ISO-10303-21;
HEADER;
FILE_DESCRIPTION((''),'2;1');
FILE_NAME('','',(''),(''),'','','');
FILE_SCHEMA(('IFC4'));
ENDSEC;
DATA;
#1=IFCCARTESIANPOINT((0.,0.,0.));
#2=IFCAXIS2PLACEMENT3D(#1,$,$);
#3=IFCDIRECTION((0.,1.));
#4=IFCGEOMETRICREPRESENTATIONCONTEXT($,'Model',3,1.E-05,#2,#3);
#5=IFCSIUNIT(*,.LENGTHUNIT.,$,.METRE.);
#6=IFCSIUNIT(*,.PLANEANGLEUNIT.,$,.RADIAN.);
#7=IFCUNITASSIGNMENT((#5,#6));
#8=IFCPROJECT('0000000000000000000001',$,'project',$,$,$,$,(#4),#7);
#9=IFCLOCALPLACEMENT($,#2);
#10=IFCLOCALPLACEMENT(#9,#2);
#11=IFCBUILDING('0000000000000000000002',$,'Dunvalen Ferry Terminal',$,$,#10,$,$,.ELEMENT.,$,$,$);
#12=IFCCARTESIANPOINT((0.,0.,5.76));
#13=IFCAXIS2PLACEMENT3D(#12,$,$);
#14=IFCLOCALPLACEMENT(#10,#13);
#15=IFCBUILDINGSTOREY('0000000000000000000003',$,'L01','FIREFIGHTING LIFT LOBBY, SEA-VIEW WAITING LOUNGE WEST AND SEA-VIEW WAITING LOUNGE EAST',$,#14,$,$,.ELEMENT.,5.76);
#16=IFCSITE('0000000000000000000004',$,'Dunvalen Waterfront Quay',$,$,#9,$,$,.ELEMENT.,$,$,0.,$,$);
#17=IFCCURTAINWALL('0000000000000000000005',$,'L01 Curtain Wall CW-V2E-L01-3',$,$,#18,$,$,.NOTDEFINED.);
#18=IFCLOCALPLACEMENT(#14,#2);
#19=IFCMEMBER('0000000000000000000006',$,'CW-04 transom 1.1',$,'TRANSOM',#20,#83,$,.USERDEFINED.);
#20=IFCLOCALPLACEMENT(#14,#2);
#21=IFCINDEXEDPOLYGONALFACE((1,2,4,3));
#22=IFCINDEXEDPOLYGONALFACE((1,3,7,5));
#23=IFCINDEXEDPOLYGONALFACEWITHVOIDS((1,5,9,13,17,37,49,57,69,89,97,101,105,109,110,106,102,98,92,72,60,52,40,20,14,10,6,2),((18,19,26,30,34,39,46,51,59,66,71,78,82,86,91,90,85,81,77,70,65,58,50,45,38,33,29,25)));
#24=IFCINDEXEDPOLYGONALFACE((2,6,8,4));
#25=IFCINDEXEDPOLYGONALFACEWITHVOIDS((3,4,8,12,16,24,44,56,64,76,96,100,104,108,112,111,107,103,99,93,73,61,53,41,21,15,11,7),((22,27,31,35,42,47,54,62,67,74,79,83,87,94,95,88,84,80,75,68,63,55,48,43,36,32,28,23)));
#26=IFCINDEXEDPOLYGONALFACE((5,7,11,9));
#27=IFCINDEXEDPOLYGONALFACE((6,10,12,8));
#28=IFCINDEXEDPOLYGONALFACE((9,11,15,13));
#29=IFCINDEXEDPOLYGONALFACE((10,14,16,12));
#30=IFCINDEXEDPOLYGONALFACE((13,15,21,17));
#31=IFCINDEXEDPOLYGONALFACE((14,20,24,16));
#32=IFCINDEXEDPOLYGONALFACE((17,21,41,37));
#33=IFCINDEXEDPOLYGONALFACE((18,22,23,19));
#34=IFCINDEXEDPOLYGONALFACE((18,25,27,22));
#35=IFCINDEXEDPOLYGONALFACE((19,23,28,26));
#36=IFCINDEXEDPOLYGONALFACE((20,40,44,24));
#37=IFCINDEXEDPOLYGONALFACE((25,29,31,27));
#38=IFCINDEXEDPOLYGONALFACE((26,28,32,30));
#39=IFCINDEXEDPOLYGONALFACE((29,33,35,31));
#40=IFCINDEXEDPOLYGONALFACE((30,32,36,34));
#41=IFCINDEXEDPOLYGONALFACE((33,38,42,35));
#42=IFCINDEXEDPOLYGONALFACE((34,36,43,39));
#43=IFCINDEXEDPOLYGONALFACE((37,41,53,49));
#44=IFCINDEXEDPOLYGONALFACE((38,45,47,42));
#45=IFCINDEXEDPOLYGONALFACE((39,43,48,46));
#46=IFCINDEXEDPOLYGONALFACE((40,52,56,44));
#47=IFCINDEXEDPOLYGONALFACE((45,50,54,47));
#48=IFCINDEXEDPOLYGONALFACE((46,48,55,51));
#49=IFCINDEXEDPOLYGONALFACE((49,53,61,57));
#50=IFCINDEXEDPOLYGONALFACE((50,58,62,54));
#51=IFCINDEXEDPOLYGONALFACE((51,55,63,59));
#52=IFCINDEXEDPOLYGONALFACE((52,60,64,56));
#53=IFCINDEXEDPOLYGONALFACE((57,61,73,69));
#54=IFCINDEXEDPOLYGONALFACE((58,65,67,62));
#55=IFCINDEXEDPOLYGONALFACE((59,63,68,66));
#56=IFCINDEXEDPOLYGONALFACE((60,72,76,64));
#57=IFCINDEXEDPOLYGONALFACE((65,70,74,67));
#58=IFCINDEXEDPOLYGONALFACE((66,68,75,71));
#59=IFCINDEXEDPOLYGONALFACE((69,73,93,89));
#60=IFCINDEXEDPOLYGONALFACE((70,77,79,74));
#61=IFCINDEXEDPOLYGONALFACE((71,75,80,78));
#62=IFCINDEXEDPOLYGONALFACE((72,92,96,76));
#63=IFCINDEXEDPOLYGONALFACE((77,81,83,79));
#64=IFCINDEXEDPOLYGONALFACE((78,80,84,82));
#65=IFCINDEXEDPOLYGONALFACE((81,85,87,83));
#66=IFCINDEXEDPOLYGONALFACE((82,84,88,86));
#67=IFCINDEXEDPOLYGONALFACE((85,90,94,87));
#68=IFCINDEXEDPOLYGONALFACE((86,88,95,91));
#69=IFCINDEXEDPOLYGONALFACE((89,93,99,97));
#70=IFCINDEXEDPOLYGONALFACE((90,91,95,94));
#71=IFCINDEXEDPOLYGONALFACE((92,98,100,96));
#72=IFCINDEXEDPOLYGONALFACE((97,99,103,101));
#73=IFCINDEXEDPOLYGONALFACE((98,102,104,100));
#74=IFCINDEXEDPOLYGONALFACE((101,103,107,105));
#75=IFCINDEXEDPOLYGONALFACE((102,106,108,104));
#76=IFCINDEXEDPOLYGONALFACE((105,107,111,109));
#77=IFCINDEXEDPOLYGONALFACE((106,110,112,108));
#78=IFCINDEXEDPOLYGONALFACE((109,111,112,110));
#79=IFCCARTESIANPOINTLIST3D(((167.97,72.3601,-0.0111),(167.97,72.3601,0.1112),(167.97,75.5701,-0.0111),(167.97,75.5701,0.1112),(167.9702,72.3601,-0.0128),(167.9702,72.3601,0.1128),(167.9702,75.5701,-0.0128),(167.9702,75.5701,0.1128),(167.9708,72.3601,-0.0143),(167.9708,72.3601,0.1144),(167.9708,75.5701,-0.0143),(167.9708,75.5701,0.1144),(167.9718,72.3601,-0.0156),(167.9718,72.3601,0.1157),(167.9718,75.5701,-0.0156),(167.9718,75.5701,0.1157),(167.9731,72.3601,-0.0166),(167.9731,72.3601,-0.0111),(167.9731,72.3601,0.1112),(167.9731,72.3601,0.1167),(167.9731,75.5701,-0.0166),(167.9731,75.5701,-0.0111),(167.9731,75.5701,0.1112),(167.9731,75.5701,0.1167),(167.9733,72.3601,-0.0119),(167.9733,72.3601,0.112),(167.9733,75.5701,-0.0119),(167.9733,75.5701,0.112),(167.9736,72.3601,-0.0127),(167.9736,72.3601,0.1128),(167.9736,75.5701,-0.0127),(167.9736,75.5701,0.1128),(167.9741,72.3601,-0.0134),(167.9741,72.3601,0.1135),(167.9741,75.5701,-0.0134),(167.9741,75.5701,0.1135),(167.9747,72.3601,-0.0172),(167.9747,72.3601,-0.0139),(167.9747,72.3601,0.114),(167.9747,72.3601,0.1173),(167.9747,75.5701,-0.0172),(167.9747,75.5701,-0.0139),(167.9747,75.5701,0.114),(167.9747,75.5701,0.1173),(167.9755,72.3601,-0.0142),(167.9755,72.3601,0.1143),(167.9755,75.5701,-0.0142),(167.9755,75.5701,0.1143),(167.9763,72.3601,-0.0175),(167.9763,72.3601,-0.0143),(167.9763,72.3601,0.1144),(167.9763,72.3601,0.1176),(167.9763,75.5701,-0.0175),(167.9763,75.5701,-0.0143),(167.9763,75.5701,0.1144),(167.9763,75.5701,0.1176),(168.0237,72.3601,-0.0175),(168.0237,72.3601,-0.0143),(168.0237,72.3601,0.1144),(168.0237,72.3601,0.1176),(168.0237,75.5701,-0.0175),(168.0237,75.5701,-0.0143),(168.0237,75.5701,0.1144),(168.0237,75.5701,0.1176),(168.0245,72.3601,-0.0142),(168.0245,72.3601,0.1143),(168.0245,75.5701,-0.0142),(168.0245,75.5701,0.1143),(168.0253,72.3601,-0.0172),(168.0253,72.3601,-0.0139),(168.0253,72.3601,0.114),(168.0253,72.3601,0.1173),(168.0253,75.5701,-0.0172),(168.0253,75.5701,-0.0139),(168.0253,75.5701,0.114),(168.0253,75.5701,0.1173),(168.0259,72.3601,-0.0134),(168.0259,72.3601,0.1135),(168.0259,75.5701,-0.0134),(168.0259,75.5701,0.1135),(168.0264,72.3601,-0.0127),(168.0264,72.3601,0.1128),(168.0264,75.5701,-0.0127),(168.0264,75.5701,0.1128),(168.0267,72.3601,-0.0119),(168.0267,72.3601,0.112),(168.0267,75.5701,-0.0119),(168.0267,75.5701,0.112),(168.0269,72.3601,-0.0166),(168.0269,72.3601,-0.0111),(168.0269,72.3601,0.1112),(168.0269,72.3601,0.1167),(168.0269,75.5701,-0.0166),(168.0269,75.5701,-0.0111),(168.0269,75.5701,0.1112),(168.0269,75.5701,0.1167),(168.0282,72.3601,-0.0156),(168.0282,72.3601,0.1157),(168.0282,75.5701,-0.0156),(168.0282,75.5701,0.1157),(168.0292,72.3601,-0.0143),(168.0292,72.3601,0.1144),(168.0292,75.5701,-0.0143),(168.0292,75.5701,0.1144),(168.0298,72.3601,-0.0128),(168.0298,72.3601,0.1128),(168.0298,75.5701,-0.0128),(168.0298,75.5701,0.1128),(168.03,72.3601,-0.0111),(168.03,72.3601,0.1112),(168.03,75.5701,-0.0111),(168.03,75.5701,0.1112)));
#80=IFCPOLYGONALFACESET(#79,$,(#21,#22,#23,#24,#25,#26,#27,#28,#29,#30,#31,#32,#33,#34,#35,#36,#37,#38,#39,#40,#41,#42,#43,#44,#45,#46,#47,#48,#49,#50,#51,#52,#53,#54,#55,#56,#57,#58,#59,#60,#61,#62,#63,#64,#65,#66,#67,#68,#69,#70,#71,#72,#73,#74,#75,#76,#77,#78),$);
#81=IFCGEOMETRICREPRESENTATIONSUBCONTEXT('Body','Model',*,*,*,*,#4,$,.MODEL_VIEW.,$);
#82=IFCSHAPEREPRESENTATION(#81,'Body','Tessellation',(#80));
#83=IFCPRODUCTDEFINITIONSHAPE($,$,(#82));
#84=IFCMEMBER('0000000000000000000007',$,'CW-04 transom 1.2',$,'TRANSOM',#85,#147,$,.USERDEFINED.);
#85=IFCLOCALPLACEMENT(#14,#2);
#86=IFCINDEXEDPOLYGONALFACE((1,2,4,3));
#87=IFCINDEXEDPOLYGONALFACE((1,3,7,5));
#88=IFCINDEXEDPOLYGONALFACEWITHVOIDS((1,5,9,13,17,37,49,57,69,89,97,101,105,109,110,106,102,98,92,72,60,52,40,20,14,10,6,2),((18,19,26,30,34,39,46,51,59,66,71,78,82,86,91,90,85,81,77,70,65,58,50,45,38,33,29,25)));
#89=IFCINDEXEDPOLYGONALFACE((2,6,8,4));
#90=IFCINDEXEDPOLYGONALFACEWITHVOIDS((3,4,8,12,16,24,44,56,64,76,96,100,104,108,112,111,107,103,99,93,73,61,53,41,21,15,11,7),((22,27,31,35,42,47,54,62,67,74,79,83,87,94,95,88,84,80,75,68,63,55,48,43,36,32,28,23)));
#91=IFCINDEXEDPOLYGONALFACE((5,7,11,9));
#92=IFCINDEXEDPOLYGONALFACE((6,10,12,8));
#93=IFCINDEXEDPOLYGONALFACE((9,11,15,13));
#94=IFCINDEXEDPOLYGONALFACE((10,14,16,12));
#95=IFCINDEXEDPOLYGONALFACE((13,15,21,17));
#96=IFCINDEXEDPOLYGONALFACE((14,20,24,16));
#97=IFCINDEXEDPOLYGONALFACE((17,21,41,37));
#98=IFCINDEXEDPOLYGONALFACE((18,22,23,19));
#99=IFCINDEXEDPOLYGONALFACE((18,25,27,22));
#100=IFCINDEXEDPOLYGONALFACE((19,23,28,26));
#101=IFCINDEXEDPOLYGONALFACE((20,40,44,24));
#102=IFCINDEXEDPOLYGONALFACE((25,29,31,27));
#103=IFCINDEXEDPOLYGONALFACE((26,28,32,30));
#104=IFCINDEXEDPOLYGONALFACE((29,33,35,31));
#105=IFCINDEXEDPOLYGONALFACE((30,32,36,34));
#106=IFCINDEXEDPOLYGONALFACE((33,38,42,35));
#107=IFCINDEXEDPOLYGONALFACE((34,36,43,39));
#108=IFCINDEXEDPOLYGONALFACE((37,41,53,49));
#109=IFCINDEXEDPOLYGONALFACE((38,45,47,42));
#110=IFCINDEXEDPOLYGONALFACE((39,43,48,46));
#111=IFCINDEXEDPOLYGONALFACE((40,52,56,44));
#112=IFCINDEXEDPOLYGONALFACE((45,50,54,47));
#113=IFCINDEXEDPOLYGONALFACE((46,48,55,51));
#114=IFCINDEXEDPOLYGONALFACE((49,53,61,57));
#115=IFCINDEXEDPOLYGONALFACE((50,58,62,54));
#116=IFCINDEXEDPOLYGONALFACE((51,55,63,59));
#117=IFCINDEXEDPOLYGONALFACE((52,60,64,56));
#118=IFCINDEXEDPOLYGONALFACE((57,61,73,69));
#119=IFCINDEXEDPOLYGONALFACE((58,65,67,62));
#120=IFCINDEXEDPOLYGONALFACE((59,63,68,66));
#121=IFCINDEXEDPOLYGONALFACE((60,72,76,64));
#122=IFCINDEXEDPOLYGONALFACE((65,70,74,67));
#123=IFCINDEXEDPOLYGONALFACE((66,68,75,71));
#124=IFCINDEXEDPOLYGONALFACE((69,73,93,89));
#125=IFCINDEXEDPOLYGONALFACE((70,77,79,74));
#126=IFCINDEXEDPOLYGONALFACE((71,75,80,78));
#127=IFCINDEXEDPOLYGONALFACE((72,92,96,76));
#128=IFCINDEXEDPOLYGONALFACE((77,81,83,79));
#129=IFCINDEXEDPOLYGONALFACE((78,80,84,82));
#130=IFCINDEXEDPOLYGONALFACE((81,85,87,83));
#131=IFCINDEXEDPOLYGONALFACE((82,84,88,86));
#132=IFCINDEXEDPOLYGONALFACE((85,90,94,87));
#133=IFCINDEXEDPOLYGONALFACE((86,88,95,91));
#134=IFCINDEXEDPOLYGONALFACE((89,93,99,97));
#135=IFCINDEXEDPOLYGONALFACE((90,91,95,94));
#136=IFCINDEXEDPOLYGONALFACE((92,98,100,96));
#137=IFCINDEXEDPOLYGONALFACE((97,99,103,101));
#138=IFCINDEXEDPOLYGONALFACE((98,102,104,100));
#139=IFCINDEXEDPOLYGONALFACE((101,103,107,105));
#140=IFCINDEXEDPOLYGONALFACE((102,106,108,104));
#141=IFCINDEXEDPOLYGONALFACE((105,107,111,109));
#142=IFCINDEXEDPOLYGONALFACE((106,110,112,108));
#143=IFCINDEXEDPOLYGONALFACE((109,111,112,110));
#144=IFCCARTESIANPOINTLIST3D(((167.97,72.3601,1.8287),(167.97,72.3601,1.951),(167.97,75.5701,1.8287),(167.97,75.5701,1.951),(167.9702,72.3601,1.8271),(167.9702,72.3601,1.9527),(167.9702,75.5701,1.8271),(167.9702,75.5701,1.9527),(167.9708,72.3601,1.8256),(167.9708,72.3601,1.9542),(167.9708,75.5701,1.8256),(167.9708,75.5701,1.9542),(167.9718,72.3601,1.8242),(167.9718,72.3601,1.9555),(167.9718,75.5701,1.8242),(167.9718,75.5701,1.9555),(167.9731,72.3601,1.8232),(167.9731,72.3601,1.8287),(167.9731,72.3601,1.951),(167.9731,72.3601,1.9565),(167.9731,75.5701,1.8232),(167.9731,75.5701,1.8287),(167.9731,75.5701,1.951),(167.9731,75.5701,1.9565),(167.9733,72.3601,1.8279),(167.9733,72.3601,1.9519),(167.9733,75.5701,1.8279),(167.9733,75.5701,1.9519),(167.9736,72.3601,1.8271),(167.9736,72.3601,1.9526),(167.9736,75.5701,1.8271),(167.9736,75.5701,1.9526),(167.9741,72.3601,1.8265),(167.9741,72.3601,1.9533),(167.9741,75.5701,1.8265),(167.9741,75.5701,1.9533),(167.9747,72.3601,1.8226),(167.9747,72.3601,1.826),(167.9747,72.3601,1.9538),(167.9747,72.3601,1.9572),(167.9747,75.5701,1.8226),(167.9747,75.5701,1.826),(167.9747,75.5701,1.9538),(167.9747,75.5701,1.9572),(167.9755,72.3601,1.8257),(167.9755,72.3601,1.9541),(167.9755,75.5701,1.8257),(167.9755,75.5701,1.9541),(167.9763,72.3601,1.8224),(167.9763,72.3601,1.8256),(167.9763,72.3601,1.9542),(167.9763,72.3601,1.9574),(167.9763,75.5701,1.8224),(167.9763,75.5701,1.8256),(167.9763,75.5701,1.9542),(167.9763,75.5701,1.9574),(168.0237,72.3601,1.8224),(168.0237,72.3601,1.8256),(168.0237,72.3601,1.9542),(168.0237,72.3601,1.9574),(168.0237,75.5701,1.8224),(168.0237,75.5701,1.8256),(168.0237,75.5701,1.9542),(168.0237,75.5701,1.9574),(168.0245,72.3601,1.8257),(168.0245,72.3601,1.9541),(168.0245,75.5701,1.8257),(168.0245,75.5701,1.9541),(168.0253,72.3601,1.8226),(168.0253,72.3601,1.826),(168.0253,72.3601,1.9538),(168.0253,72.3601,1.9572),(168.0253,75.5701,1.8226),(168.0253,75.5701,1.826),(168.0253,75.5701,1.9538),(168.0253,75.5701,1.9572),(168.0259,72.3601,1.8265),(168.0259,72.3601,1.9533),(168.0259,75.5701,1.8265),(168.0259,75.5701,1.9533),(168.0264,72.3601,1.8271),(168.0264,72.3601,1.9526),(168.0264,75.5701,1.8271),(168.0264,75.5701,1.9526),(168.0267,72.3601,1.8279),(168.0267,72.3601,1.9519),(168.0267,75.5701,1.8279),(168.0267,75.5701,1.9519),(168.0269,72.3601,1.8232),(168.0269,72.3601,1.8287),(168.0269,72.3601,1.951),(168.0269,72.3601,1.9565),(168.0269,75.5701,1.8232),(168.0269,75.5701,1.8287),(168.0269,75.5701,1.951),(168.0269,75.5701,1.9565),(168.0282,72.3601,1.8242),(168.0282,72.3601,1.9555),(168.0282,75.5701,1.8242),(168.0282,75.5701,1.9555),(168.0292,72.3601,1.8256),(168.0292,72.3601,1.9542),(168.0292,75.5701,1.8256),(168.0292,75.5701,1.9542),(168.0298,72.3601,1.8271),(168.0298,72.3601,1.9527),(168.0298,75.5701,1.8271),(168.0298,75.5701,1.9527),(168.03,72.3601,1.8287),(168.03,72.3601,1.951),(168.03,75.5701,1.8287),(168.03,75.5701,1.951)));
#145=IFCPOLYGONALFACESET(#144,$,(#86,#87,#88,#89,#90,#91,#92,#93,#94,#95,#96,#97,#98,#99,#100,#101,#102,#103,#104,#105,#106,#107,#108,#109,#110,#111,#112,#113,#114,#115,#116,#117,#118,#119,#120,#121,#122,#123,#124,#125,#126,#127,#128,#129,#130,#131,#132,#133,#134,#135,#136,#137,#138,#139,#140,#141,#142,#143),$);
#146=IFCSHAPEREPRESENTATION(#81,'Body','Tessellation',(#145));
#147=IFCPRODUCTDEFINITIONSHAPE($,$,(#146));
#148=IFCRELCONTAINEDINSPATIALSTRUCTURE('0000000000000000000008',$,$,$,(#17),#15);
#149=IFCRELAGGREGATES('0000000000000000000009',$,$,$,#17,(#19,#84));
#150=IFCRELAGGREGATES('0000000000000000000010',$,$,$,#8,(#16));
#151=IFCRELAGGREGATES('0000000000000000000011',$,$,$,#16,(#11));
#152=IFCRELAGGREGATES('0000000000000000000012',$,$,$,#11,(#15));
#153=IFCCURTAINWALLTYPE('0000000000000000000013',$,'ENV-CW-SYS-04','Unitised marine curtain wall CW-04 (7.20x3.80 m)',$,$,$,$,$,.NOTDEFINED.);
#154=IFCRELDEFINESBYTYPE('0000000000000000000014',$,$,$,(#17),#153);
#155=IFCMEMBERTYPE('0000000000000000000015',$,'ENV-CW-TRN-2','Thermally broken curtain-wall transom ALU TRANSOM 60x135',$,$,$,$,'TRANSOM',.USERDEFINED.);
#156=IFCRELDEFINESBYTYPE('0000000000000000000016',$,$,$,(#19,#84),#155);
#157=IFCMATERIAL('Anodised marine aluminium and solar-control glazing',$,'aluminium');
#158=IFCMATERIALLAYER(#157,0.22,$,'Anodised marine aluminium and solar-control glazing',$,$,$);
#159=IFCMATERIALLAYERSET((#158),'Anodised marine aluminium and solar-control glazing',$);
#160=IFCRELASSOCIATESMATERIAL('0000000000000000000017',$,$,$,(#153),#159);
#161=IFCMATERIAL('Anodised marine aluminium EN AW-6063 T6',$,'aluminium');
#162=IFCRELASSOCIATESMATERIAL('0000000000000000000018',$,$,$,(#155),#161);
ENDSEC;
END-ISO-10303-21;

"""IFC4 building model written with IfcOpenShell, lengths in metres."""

from ifc_helpers import new_model, si_unit, direction, frame, origin, origin_2d, place, context, subcontext, project, spatial, hollow_rectangle, extrude, material, layer, layer_set, material_profile, profile_set, type_object, element, aggregate, save


model = new_model("IFC4")

# Units and contexts
model_context = context("Model", 3, precision=1e-05, world=origin(), true_north=direction((0.0, 1.0)))
body_context = subcontext(model_context, "Body", "Model", "MODEL_VIEW")
ifc_project = project(units=[si_unit("LENGTHUNIT", "METRE"), si_unit("PLANEANGLEUNIT", "RADIAN")], contexts=[model_context])

# Site, building, storey
site_placement = place(None, origin())
site = spatial("IfcSite", under=ifc_project, at=site_placement, Name="Dunvalen Waterfront Quay", CompositionType="ELEMENT", RefElevation=0.0)
building_placement = place(site_placement, origin())
building = spatial("IfcBuilding", under=site, at=building_placement, Name="Dunvalen Ferry Terminal", CompositionType="ELEMENT")
storey_placement = place(building_placement, frame((0.0, 0.0, 5.76)))
storey = spatial("IfcBuildingStorey", under=building, at=storey_placement, Name="L01", Description="FIREFIGHTING LIFT LOBBY, SEA-VIEW WAITING LOUNGE WEST AND SEA-VIEW WAITING LOUNGE EAST", CompositionType="ELEMENT", Elevation=5.76)

# Curtain wall
ifc_material_1 = material(Name="Anodised marine aluminium and solar-control glazing", Category="aluminium")
ifc_layer_1 = layer(ifc_material_1, 0.22, Name="Anodised marine aluminium and solar-control glazing")
ifc_layer_set_1 = layer_set([ifc_layer_1], Name="Anodised marine aluminium and solar-control glazing")
curtain_wall_type = type_object("IfcCurtainWallType", Name="ENV-CW-SYS-04", Description="Unitised marine curtain wall CW-04 (7.20x3.80 m)", PredefinedType="NOTDEFINED", material=ifc_layer_set_1)
ifc_material_2 = material(Name="Anodised marine aluminium EN AW-6063 T6", Category="aluminium")
curtain_wall_1_placement = place(storey_placement, origin())
curtain_wall_1 = element("IfcCurtainWall", 1, at=curtain_wall_1_placement, inside=storey, type_object=curtain_wall_type, Name="L01 Curtain Wall CW-V2E-L01-3", PredefinedType="NOTDEFINED")

# Members
ifc_material_profile_1 = material_profile(ifc_material_2, hollow_rectangle(XDim=0.0601, YDim=0.135, WallThickness=0.0032, InnerFilletRadius=0.0032, OuterFilletRadius=0.0063, at=origin_2d()), Name="Anodised marine aluminium EN AW-6063 T6")
ifc_profile_set_1 = profile_set([ifc_material_profile_1], Name="Anodised marine aluminium EN AW-6063 T6")
member_type_1 = type_object("IfcMemberType", Name="ENV-CW-TRN-2", Description="Thermally broken curtain-wall transom ALU TRANSOM 60x135", ElementType="TRANSOM", PredefinedType="USERDEFINED", material=ifc_profile_set_1)
member_1_placement = place(storey_placement, frame((168.0, 72.3601, 0.05), z_axis=(0.0, 1.0, 0.0), x_axis=(-1.0, 0.0, 0.0)))
member_1 = element("IfcMember", 2, at=member_1_placement, type_object=member_type_1, Name="CW-04 transom 1.1", ObjectType="TRANSOM", PredefinedType="USERDEFINED", context=body_context, shape_type="SweptSolid", body=[
    extrude(hollow_rectangle(XDim=0.0601, YDim=0.135, WallThickness=0.0032, InnerFilletRadius=0.0032, OuterFilletRadius=0.0063, at=origin_2d()), origin(), (0.0, 0.0, 1.0), 3.21),
])
member_2_placement = place(storey_placement, frame((168.0, 72.3601, 1.8899), z_axis=(0.0, 1.0, 0.0), x_axis=(-1.0, 0.0, 0.0)))
member_2 = element("IfcMember", 3, at=member_2_placement, type_object=member_type_1, Name="CW-04 transom 1.2", ObjectType="TRANSOM", PredefinedType="USERDEFINED", context=body_context, shape_type="SweptSolid", body=[
    extrude(hollow_rectangle(XDim=0.0601, YDim=0.135, WallThickness=0.0032, InnerFilletRadius=0.0032, OuterFilletRadius=0.0063, at=origin_2d()), origin(), (0.0, 0.0, 1.0), 3.21),
])

aggregate(curtain_wall_1, [member_1, member_2])

save(model, "model.ifc")
